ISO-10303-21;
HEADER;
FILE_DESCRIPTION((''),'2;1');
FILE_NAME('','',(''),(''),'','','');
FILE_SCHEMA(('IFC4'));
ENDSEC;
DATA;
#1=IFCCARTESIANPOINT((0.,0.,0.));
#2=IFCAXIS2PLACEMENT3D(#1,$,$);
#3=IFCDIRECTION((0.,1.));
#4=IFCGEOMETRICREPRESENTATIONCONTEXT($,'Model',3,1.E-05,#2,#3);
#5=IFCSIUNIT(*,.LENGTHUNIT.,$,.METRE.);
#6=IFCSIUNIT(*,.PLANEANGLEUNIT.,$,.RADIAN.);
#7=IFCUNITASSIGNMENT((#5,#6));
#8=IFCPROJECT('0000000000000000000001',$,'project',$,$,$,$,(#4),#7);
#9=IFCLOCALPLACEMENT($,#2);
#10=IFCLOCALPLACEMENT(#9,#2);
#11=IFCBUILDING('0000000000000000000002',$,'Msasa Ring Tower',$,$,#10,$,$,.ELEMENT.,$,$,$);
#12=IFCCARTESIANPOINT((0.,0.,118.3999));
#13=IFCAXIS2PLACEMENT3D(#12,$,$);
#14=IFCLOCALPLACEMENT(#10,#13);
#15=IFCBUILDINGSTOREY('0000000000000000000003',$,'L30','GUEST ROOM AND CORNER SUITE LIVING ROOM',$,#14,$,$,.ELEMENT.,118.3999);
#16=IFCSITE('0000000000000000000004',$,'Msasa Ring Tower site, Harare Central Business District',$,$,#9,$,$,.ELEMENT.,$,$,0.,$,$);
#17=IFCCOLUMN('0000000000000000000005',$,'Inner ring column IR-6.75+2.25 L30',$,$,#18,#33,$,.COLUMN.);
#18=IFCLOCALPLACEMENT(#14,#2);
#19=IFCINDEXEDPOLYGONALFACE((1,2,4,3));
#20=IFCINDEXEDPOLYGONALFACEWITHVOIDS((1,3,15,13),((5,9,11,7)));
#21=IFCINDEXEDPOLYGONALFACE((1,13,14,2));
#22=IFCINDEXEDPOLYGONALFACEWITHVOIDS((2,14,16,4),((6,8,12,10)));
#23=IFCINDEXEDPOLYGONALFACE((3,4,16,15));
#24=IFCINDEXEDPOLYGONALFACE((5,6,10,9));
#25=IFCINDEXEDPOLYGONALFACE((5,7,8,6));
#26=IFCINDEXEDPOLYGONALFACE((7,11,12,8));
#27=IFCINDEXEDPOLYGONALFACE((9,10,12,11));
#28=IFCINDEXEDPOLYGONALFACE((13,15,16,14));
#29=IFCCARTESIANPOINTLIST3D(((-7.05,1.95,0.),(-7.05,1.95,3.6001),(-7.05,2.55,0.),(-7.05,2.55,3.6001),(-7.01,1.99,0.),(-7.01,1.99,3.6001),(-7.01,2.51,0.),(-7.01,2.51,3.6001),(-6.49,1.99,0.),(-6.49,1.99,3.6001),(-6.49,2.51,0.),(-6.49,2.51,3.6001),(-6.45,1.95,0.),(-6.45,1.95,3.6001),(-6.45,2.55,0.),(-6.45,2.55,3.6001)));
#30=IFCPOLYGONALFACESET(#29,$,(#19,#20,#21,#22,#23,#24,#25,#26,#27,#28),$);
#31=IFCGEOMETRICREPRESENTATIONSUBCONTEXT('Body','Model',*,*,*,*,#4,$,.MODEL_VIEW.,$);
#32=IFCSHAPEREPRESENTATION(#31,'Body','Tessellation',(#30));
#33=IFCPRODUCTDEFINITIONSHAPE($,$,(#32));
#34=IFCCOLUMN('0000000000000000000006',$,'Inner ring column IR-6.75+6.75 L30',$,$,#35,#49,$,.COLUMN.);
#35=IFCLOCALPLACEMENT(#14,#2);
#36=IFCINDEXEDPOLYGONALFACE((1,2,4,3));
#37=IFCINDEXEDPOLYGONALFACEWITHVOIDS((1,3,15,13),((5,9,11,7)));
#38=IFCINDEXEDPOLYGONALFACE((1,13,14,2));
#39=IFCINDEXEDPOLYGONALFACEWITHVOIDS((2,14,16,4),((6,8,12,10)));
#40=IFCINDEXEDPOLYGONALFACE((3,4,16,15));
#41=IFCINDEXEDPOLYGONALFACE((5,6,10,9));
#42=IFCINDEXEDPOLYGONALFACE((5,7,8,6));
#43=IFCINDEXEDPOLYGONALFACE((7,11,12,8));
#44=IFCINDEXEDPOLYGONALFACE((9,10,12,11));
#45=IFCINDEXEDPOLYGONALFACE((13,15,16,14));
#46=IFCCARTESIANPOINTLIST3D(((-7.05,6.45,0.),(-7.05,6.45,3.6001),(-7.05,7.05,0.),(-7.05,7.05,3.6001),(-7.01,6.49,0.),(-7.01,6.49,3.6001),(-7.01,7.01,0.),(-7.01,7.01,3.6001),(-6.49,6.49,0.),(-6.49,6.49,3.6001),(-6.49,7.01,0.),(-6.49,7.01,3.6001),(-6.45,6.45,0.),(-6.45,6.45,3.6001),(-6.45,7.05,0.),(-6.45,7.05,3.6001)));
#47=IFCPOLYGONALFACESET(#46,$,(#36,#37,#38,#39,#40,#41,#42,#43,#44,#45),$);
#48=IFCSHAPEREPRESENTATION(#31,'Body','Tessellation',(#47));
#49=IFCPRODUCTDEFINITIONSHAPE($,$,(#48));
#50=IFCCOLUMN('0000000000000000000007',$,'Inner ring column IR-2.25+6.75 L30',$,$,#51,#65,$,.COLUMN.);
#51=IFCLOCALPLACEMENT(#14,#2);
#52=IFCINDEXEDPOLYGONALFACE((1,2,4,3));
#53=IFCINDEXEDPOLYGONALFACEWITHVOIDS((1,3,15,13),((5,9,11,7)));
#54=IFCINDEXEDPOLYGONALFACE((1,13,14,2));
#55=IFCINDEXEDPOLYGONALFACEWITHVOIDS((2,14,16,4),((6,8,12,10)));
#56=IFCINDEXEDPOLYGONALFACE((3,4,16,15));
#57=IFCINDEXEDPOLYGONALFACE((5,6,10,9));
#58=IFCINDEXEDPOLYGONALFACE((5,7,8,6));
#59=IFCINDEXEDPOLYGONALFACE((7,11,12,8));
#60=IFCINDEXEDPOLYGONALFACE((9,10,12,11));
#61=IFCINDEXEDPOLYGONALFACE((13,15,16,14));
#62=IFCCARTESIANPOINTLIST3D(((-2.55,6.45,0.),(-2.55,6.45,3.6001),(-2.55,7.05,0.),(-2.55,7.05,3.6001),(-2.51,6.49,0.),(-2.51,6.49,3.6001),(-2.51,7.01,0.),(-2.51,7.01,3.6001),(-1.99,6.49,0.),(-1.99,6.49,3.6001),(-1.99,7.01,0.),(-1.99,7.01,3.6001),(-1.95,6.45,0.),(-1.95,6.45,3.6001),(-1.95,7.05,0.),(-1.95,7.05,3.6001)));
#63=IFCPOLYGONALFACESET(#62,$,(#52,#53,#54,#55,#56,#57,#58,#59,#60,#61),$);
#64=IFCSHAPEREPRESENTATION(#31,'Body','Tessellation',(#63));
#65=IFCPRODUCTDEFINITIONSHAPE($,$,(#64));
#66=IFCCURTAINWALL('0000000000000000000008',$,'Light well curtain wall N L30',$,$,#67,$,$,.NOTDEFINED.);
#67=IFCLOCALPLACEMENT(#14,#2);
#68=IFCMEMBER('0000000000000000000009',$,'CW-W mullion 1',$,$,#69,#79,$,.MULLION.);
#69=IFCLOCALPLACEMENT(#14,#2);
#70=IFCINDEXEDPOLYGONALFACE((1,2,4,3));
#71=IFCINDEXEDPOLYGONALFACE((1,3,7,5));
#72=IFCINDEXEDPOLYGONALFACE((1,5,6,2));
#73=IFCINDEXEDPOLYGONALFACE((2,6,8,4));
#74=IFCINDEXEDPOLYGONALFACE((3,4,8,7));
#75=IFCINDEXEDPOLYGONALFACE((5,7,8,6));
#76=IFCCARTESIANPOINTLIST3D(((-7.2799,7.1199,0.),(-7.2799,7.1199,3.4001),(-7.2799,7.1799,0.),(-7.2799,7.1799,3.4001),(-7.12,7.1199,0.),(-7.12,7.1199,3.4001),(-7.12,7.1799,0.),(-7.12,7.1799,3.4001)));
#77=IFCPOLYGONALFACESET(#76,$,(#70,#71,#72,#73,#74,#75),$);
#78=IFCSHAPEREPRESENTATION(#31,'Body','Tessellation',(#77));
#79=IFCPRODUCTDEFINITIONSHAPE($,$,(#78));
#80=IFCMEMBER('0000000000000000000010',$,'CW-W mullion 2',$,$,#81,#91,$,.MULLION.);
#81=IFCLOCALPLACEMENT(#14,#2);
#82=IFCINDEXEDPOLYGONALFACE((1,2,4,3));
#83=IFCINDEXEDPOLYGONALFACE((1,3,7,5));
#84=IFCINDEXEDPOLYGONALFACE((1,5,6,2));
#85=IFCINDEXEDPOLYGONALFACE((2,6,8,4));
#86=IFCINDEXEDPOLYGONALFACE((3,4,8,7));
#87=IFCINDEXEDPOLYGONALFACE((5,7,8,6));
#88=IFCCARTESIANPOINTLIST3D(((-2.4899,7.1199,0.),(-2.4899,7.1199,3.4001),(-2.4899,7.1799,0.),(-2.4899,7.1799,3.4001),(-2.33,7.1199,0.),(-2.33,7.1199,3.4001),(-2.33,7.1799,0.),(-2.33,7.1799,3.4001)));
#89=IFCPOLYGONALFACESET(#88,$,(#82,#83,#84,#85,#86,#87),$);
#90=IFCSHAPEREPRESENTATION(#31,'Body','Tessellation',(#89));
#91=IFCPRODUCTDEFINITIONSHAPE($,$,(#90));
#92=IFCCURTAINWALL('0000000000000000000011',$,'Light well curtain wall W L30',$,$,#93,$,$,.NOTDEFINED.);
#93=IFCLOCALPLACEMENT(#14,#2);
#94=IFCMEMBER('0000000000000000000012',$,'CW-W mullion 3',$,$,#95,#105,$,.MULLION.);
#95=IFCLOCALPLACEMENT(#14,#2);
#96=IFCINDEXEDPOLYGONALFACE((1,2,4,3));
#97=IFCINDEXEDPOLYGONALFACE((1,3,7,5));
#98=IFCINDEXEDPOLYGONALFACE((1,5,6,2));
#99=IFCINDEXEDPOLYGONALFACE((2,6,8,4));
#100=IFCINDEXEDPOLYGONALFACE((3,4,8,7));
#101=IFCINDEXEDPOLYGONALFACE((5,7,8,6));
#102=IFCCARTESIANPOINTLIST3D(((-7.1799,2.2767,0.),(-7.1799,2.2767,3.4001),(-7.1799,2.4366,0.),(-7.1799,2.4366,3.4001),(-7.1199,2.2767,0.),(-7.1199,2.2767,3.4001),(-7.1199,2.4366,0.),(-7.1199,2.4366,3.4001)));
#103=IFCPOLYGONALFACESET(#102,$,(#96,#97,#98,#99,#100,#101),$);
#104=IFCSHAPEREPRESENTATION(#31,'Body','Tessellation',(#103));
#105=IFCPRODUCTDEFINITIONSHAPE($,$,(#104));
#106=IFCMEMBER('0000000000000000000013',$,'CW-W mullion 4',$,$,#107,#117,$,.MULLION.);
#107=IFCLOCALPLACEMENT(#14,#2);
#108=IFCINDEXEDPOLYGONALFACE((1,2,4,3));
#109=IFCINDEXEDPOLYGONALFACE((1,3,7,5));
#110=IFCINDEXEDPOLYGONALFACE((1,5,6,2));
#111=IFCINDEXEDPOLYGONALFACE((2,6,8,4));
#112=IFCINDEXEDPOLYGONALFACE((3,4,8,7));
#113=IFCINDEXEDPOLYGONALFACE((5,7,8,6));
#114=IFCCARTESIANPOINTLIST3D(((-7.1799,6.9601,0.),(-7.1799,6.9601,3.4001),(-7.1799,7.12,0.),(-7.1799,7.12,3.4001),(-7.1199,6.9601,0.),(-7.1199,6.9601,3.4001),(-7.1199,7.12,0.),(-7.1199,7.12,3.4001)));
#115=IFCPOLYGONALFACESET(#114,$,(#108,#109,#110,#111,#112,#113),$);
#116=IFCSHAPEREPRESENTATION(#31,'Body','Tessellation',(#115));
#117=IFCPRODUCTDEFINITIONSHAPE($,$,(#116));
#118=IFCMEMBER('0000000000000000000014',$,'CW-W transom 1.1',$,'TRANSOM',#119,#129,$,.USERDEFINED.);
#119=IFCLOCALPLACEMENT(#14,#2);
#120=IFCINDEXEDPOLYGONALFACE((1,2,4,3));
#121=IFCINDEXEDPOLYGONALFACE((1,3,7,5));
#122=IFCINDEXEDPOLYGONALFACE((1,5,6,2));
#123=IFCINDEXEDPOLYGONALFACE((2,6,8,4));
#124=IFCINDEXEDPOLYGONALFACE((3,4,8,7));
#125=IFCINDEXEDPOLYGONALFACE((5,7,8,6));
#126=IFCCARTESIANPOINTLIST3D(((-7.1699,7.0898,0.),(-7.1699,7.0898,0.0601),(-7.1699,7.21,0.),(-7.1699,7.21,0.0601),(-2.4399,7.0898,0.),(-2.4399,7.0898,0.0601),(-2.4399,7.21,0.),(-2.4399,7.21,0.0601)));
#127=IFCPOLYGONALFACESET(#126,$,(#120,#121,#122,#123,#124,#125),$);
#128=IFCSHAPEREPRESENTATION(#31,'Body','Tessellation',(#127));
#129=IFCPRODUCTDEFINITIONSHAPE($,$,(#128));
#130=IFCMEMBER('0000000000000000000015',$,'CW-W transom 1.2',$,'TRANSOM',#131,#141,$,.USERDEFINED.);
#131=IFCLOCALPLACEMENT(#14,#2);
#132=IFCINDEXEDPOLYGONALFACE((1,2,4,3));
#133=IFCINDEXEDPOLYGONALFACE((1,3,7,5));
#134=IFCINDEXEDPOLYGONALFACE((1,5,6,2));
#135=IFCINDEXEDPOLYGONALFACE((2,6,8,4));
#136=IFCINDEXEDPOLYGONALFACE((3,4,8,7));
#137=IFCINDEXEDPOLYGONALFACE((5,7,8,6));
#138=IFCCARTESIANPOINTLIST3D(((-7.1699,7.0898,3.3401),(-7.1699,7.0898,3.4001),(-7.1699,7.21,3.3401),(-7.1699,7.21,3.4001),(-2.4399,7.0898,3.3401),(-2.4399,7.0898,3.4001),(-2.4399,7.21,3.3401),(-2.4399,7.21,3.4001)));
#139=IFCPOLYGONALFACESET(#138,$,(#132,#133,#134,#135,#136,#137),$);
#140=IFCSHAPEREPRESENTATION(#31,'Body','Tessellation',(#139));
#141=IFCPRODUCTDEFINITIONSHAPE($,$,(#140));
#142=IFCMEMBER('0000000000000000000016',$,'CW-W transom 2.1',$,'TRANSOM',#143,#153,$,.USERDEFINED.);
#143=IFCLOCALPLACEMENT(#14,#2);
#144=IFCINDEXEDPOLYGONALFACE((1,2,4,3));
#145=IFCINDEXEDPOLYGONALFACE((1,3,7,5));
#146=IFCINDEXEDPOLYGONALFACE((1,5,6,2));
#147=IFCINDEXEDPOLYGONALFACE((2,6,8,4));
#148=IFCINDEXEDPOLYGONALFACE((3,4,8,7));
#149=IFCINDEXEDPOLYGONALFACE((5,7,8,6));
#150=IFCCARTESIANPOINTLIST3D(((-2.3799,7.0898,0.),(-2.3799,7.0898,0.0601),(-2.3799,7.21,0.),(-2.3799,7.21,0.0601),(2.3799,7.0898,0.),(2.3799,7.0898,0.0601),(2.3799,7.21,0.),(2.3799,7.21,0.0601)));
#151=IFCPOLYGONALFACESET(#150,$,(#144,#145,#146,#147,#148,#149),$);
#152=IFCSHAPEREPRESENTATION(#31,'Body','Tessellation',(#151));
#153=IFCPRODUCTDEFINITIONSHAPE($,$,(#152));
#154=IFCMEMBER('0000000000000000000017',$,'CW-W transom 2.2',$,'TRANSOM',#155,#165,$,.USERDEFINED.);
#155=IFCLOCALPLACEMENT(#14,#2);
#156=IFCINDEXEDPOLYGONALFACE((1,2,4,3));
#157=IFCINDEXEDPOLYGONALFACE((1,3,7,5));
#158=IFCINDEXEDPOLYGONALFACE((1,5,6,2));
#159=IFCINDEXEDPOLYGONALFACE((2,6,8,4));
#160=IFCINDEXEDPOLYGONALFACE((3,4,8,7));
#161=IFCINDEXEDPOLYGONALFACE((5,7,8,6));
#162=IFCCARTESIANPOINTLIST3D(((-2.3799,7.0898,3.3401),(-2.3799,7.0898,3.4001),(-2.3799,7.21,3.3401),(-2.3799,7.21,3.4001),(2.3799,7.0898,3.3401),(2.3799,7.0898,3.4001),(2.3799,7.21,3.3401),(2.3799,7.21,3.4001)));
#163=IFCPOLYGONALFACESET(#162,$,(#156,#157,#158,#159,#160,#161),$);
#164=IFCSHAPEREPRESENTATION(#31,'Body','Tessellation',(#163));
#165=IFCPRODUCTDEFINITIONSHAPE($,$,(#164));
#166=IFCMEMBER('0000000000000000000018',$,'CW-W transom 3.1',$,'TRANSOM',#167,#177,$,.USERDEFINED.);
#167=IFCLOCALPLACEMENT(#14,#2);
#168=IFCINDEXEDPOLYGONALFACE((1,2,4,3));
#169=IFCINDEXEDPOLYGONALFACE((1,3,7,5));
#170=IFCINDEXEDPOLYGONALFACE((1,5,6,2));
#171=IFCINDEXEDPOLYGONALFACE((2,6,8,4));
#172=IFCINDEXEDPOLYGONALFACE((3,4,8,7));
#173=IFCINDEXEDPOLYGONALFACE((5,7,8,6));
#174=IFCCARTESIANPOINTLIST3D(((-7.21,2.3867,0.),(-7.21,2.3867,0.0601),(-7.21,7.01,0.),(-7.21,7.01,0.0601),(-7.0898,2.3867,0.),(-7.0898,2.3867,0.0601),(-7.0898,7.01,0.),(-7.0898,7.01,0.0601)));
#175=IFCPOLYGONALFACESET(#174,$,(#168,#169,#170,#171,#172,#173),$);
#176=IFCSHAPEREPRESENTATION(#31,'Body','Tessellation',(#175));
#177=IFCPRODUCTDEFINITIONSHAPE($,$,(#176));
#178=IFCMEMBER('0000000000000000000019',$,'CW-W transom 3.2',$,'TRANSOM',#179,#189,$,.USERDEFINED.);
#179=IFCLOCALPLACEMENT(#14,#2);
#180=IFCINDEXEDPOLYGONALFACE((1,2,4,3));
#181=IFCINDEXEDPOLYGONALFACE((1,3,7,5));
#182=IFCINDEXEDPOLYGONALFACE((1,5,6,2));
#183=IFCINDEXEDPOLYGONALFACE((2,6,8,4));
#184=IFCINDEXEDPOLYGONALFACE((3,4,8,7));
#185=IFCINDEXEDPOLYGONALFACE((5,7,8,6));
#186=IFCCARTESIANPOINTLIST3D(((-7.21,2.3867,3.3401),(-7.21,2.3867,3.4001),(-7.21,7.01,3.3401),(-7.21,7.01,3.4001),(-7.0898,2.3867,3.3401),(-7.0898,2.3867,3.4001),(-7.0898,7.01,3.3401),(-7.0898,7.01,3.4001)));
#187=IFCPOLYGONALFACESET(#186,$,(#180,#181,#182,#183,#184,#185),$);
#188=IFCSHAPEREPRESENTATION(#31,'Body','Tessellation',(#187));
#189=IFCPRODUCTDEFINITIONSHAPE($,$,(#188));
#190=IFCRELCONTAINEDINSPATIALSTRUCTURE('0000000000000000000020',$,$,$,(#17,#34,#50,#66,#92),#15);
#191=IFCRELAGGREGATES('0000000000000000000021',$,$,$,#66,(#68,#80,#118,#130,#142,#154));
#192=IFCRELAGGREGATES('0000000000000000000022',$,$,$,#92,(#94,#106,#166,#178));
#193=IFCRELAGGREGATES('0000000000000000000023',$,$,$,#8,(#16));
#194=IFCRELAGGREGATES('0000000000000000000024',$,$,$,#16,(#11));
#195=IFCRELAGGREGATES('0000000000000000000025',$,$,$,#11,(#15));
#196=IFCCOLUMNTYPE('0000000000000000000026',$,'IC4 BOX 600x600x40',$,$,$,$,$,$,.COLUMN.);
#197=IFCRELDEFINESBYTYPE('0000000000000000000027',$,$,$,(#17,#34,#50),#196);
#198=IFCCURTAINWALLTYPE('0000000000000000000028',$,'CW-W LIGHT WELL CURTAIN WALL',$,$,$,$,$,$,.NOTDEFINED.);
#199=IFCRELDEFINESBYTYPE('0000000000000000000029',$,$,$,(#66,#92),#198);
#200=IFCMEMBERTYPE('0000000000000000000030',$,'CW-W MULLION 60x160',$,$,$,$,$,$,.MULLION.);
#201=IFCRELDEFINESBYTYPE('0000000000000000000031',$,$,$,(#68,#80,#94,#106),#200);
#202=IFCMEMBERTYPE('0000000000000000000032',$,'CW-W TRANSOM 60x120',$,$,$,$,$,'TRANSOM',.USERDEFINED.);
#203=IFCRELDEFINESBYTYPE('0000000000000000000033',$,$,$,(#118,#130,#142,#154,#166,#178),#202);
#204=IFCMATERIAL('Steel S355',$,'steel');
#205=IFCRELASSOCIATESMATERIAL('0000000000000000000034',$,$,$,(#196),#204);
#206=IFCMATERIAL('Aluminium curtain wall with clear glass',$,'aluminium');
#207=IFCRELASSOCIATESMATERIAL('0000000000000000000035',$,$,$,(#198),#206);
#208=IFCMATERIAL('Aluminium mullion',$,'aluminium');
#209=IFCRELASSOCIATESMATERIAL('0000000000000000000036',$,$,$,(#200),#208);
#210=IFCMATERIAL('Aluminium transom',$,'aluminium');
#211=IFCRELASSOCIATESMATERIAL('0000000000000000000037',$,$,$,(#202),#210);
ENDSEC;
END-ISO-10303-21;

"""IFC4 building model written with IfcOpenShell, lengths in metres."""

from ifc_helpers import new_model, si_unit, direction, frame, origin, origin_2d, place, context, subcontext, project, spatial, rectangle, hollow_rectangle, extrude, material, material_profile, profile_set, type_object, element, aggregate, save


model = new_model("IFC4")

# Units and contexts
model_context = context("Model", 3, precision=1e-05, world=origin(), true_north=direction((0.0, 1.0)))
body_context = subcontext(model_context, "Body", "Model", "MODEL_VIEW")
ifc_project = project(units=[si_unit("LENGTHUNIT", "METRE"), si_unit("PLANEANGLEUNIT", "RADIAN")], contexts=[model_context])

# Site, building, storey
site_placement = place(None, origin())
site = spatial("IfcSite", under=ifc_project, at=site_placement, Name="Msasa Ring Tower site, Harare Central Business District", CompositionType="ELEMENT", RefElevation=0.0)
building_placement = place(site_placement, origin())
building = spatial("IfcBuilding", under=site, at=building_placement, Name="Msasa Ring Tower", CompositionType="ELEMENT")
storey_placement = place(building_placement, frame((0.0, 0.0, 118.3999)))
storey = spatial("IfcBuildingStorey", under=building, at=storey_placement, Name="L30", Description="GUEST ROOM AND CORNER SUITE LIVING ROOM", CompositionType="ELEMENT", Elevation=118.3999)

# Columns
ifc_material_1 = material(Name="Steel S355", Category="steel")
ifc_material_profile_1 = material_profile(ifc_material_1, hollow_rectangle(XDim=0.6001, YDim=0.6001, WallThickness=0.04, at=origin_2d()), Name="BOX 600x600x40")
ifc_profile_set_1 = profile_set([ifc_material_profile_1], Name="Steel S355")
column_type = type_object("IfcColumnType", Name="IC4 BOX 600x600x40", PredefinedType="COLUMN", material=ifc_profile_set_1)
for number, where, z_axis, x_axis, name in (
    (1, (-6.75, 2.25, 0.0), (0.0, 0.0, 1.0), (1.0, 0.0, 0.0), "Inner ring column IR-6.75+2.25 L30"),
    (2, (-6.75, 6.75, 0.0), (0.0, 0.0, 1.0), (1.0, 0.0, 0.0), "Inner ring column IR-6.75+6.75 L30"),
    (3, (-2.25, 6.75, 0.0), (0.0, 0.0, 1.0), (1.0, 0.0, 0.0), "Inner ring column IR-2.25+6.75 L30"),
):
    element("IfcColumn", number, at=place(storey_placement, frame(where, z_axis=z_axis, x_axis=x_axis)), inside=storey, type_object=column_type, Name=name, PredefinedType="COLUMN", context=body_context, shape_type="SweptSolid", body=[
        extrude(hollow_rectangle(XDim=0.6001, YDim=0.6001, WallThickness=0.04, at=origin_2d()), origin(), (0.0, 0.0, 1.0), 3.6001),
    ])

# Curtain walls, members
ifc_material_2 = material(Name="Aluminium curtain wall with clear glass", Category="aluminium")
curtain_wall_type = type_object("IfcCurtainWallType", Name="CW-W LIGHT WELL CURTAIN WALL", PredefinedType="NOTDEFINED", material=ifc_material_2)
curtain_wall_1_placement = place(storey_placement, origin())
curtain_wall_1 = element("IfcCurtainWall", 4, at=curtain_wall_1_placement, inside=storey, type_object=curtain_wall_type, Name="Light well curtain wall N L30", PredefinedType="NOTDEFINED")
ifc_material_3 = material(Name="Aluminium mullion", Category="aluminium")
ifc_material_profile_2 = material_profile(ifc_material_3, rectangle(XDim=0.0601, YDim=0.1599, at=origin_2d()), Name="AL 60x160")
ifc_profile_set_2 = profile_set([ifc_material_profile_2], Name="Aluminium mullion")
member_type_1 = type_object("IfcMemberType", Name="CW-W MULLION 60x160", PredefinedType="MULLION", material=ifc_profile_set_2)
member_1_placement = place(storey_placement, frame((-7.2, 7.1499, 0.0), z_axis=(0.0, 0.0, 1.0), x_axis=(0.0, 1.0, 0.0)))
member_1 = element("IfcMember", 5, at=member_1_placement, type_object=member_type_1, Name="CW-W mullion 1", PredefinedType="MULLION", context=body_context, shape_type="SweptSolid", body=[
    extrude(rectangle(XDim=0.0601, YDim=0.1599, at=origin_2d()), origin(), (0.0, 0.0, 1.0), 3.4001),
])
member_2_placement = place(storey_placement, frame((-2.4099, 7.1499, 0.0), z_axis=(0.0, 0.0, 1.0), x_axis=(0.0, 1.0, 0.0)))
member_2 = element("IfcMember", 6, at=member_2_placement, type_object=member_type_1, Name="CW-W mullion 2", PredefinedType="MULLION", context=body_context, shape_type="SweptSolid", body=[
    extrude(rectangle(XDim=0.0601, YDim=0.1599, at=origin_2d()), origin(), (0.0, 0.0, 1.0), 3.4001),
])
curtain_wall_2_placement = place(storey_placement, origin())
curtain_wall_2 = element("IfcCurtainWall", 7, at=curtain_wall_2_placement, inside=storey, type_object=curtain_wall_type, Name="Light well curtain wall W L30", PredefinedType="NOTDEFINED")
member_3_placement = place(storey_placement, frame((-7.1499, 2.3567, 0.0), z_axis=(0.0, 0.0, 1.0), x_axis=(-1.0, 0.0, 0.0)))
member_3 = element("IfcMember", 8, at=member_3_placement, type_object=member_type_1, Name="CW-W mullion 3", PredefinedType="MULLION", context=body_context, shape_type="SweptSolid", body=[
    extrude(rectangle(XDim=0.0601, YDim=0.1599, at=origin_2d()), origin(), (0.0, 0.0, 1.0), 3.4001),
])
member_4_placement = place(storey_placement, frame((-7.1499, 7.04, 0.0), z_axis=(0.0, 0.0, 1.0), x_axis=(-1.0, 0.0, 0.0)))
member_4 = element("IfcMember", 9, at=member_4_placement, type_object=member_type_1, Name="CW-W mullion 4", PredefinedType="MULLION", context=body_context, shape_type="SweptSolid", body=[
    extrude(rectangle(XDim=0.0601, YDim=0.1599, at=origin_2d()), origin(), (0.0, 0.0, 1.0), 3.4001),
])

# Members
ifc_material_4 = material(Name="Aluminium transom", Category="aluminium")
ifc_material_profile_3 = material_profile(ifc_material_4, rectangle(XDim=0.1201, YDim=0.0601, at=origin_2d()), Name="AL 60x120")
ifc_profile_set_3 = profile_set([ifc_material_profile_3], Name="Aluminium transom")
member_type_2 = type_object("IfcMemberType", Name="CW-W TRANSOM 60x120", ElementType="TRANSOM", PredefinedType="USERDEFINED", material=ifc_profile_set_3)
member_5_placement = place(storey_placement, frame((-7.1699, 7.1499, 0.03), z_axis=(1.0, 0.0, 0.0), x_axis=(0.0, 1.0, 0.0)))
member_5 = element("IfcMember", 10, at=member_5_placement, type_object=member_type_2, Name="CW-W transom 1.1", ObjectType="TRANSOM", PredefinedType="USERDEFINED", context=body_context, shape_type="SweptSolid", body=[
    extrude(rectangle(XDim=0.1201, YDim=0.0601, at=origin_2d()), origin(), (0.0, 0.0, 1.0), 4.73),
])
member_6_placement = place(storey_placement, frame((-7.1699, 7.1499, 3.3701), z_axis=(1.0, 0.0, 0.0), x_axis=(0.0, 1.0, 0.0)))
member_6 = element("IfcMember", 11, at=member_6_placement, type_object=member_type_2, Name="CW-W transom 1.2", ObjectType="TRANSOM", PredefinedType="USERDEFINED", context=body_context, shape_type="SweptSolid", body=[
    extrude(rectangle(XDim=0.1201, YDim=0.0601, at=origin_2d()), origin(), (0.0, 0.0, 1.0), 4.73),
])
member_7_placement = place(storey_placement, frame((-2.3799, 7.1499, 0.03), z_axis=(1.0, 0.0, 0.0), x_axis=(0.0, 1.0, 0.0)))
member_7 = element("IfcMember", 12, at=member_7_placement, type_object=member_type_2, Name="CW-W transom 2.1", ObjectType="TRANSOM", PredefinedType="USERDEFINED", context=body_context, shape_type="SweptSolid", body=[
    extrude(rectangle(XDim=0.1201, YDim=0.0601, at=origin_2d()), origin(), (0.0, 0.0, 1.0), 4.7598),
])
member_8_placement = place(storey_placement, frame((-2.3799, 7.1499, 3.3701), z_axis=(1.0, 0.0, 0.0), x_axis=(0.0, 1.0, 0.0)))
member_8 = element("IfcMember", 13, at=member_8_placement, type_object=member_type_2, Name="CW-W transom 2.2", ObjectType="TRANSOM", PredefinedType="USERDEFINED", context=body_context, shape_type="SweptSolid", body=[
    extrude(rectangle(XDim=0.1201, YDim=0.0601, at=origin_2d()), origin(), (0.0, 0.0, 1.0), 4.7598),
])
member_9_placement = place(storey_placement, frame((-7.1499, 2.3867, 0.03), z_axis=(0.0, 1.0, 0.0), x_axis=(-1.0, 0.0, 0.0)))
member_9 = element("IfcMember", 14, at=member_9_placement, type_object=member_type_2, Name="CW-W transom 3.1", ObjectType="TRANSOM", PredefinedType="USERDEFINED", context=body_context, shape_type="SweptSolid", body=[
    extrude(rectangle(XDim=0.1201, YDim=0.0601, at=origin_2d()), origin(), (0.0, 0.0, 1.0), 4.6233),
])
member_10_placement = place(storey_placement, frame((-7.1499, 2.3867, 3.3701), z_axis=(0.0, 1.0, 0.0), x_axis=(-1.0, 0.0, 0.0)))
member_10 = element("IfcMember", 15, at=member_10_placement, type_object=member_type_2, Name="CW-W transom 3.2", ObjectType="TRANSOM", PredefinedType="USERDEFINED", context=body_context, shape_type="SweptSolid", body=[
    extrude(rectangle(XDim=0.1201, YDim=0.0601, at=origin_2d()), origin(), (0.0, 0.0, 1.0), 4.6233),
])

aggregate(curtain_wall_1, [member_1, member_2, member_5, member_6, member_7, member_8])
aggregate(curtain_wall_2, [member_3, member_4, member_9, member_10])

save(model, "model.ifc")
